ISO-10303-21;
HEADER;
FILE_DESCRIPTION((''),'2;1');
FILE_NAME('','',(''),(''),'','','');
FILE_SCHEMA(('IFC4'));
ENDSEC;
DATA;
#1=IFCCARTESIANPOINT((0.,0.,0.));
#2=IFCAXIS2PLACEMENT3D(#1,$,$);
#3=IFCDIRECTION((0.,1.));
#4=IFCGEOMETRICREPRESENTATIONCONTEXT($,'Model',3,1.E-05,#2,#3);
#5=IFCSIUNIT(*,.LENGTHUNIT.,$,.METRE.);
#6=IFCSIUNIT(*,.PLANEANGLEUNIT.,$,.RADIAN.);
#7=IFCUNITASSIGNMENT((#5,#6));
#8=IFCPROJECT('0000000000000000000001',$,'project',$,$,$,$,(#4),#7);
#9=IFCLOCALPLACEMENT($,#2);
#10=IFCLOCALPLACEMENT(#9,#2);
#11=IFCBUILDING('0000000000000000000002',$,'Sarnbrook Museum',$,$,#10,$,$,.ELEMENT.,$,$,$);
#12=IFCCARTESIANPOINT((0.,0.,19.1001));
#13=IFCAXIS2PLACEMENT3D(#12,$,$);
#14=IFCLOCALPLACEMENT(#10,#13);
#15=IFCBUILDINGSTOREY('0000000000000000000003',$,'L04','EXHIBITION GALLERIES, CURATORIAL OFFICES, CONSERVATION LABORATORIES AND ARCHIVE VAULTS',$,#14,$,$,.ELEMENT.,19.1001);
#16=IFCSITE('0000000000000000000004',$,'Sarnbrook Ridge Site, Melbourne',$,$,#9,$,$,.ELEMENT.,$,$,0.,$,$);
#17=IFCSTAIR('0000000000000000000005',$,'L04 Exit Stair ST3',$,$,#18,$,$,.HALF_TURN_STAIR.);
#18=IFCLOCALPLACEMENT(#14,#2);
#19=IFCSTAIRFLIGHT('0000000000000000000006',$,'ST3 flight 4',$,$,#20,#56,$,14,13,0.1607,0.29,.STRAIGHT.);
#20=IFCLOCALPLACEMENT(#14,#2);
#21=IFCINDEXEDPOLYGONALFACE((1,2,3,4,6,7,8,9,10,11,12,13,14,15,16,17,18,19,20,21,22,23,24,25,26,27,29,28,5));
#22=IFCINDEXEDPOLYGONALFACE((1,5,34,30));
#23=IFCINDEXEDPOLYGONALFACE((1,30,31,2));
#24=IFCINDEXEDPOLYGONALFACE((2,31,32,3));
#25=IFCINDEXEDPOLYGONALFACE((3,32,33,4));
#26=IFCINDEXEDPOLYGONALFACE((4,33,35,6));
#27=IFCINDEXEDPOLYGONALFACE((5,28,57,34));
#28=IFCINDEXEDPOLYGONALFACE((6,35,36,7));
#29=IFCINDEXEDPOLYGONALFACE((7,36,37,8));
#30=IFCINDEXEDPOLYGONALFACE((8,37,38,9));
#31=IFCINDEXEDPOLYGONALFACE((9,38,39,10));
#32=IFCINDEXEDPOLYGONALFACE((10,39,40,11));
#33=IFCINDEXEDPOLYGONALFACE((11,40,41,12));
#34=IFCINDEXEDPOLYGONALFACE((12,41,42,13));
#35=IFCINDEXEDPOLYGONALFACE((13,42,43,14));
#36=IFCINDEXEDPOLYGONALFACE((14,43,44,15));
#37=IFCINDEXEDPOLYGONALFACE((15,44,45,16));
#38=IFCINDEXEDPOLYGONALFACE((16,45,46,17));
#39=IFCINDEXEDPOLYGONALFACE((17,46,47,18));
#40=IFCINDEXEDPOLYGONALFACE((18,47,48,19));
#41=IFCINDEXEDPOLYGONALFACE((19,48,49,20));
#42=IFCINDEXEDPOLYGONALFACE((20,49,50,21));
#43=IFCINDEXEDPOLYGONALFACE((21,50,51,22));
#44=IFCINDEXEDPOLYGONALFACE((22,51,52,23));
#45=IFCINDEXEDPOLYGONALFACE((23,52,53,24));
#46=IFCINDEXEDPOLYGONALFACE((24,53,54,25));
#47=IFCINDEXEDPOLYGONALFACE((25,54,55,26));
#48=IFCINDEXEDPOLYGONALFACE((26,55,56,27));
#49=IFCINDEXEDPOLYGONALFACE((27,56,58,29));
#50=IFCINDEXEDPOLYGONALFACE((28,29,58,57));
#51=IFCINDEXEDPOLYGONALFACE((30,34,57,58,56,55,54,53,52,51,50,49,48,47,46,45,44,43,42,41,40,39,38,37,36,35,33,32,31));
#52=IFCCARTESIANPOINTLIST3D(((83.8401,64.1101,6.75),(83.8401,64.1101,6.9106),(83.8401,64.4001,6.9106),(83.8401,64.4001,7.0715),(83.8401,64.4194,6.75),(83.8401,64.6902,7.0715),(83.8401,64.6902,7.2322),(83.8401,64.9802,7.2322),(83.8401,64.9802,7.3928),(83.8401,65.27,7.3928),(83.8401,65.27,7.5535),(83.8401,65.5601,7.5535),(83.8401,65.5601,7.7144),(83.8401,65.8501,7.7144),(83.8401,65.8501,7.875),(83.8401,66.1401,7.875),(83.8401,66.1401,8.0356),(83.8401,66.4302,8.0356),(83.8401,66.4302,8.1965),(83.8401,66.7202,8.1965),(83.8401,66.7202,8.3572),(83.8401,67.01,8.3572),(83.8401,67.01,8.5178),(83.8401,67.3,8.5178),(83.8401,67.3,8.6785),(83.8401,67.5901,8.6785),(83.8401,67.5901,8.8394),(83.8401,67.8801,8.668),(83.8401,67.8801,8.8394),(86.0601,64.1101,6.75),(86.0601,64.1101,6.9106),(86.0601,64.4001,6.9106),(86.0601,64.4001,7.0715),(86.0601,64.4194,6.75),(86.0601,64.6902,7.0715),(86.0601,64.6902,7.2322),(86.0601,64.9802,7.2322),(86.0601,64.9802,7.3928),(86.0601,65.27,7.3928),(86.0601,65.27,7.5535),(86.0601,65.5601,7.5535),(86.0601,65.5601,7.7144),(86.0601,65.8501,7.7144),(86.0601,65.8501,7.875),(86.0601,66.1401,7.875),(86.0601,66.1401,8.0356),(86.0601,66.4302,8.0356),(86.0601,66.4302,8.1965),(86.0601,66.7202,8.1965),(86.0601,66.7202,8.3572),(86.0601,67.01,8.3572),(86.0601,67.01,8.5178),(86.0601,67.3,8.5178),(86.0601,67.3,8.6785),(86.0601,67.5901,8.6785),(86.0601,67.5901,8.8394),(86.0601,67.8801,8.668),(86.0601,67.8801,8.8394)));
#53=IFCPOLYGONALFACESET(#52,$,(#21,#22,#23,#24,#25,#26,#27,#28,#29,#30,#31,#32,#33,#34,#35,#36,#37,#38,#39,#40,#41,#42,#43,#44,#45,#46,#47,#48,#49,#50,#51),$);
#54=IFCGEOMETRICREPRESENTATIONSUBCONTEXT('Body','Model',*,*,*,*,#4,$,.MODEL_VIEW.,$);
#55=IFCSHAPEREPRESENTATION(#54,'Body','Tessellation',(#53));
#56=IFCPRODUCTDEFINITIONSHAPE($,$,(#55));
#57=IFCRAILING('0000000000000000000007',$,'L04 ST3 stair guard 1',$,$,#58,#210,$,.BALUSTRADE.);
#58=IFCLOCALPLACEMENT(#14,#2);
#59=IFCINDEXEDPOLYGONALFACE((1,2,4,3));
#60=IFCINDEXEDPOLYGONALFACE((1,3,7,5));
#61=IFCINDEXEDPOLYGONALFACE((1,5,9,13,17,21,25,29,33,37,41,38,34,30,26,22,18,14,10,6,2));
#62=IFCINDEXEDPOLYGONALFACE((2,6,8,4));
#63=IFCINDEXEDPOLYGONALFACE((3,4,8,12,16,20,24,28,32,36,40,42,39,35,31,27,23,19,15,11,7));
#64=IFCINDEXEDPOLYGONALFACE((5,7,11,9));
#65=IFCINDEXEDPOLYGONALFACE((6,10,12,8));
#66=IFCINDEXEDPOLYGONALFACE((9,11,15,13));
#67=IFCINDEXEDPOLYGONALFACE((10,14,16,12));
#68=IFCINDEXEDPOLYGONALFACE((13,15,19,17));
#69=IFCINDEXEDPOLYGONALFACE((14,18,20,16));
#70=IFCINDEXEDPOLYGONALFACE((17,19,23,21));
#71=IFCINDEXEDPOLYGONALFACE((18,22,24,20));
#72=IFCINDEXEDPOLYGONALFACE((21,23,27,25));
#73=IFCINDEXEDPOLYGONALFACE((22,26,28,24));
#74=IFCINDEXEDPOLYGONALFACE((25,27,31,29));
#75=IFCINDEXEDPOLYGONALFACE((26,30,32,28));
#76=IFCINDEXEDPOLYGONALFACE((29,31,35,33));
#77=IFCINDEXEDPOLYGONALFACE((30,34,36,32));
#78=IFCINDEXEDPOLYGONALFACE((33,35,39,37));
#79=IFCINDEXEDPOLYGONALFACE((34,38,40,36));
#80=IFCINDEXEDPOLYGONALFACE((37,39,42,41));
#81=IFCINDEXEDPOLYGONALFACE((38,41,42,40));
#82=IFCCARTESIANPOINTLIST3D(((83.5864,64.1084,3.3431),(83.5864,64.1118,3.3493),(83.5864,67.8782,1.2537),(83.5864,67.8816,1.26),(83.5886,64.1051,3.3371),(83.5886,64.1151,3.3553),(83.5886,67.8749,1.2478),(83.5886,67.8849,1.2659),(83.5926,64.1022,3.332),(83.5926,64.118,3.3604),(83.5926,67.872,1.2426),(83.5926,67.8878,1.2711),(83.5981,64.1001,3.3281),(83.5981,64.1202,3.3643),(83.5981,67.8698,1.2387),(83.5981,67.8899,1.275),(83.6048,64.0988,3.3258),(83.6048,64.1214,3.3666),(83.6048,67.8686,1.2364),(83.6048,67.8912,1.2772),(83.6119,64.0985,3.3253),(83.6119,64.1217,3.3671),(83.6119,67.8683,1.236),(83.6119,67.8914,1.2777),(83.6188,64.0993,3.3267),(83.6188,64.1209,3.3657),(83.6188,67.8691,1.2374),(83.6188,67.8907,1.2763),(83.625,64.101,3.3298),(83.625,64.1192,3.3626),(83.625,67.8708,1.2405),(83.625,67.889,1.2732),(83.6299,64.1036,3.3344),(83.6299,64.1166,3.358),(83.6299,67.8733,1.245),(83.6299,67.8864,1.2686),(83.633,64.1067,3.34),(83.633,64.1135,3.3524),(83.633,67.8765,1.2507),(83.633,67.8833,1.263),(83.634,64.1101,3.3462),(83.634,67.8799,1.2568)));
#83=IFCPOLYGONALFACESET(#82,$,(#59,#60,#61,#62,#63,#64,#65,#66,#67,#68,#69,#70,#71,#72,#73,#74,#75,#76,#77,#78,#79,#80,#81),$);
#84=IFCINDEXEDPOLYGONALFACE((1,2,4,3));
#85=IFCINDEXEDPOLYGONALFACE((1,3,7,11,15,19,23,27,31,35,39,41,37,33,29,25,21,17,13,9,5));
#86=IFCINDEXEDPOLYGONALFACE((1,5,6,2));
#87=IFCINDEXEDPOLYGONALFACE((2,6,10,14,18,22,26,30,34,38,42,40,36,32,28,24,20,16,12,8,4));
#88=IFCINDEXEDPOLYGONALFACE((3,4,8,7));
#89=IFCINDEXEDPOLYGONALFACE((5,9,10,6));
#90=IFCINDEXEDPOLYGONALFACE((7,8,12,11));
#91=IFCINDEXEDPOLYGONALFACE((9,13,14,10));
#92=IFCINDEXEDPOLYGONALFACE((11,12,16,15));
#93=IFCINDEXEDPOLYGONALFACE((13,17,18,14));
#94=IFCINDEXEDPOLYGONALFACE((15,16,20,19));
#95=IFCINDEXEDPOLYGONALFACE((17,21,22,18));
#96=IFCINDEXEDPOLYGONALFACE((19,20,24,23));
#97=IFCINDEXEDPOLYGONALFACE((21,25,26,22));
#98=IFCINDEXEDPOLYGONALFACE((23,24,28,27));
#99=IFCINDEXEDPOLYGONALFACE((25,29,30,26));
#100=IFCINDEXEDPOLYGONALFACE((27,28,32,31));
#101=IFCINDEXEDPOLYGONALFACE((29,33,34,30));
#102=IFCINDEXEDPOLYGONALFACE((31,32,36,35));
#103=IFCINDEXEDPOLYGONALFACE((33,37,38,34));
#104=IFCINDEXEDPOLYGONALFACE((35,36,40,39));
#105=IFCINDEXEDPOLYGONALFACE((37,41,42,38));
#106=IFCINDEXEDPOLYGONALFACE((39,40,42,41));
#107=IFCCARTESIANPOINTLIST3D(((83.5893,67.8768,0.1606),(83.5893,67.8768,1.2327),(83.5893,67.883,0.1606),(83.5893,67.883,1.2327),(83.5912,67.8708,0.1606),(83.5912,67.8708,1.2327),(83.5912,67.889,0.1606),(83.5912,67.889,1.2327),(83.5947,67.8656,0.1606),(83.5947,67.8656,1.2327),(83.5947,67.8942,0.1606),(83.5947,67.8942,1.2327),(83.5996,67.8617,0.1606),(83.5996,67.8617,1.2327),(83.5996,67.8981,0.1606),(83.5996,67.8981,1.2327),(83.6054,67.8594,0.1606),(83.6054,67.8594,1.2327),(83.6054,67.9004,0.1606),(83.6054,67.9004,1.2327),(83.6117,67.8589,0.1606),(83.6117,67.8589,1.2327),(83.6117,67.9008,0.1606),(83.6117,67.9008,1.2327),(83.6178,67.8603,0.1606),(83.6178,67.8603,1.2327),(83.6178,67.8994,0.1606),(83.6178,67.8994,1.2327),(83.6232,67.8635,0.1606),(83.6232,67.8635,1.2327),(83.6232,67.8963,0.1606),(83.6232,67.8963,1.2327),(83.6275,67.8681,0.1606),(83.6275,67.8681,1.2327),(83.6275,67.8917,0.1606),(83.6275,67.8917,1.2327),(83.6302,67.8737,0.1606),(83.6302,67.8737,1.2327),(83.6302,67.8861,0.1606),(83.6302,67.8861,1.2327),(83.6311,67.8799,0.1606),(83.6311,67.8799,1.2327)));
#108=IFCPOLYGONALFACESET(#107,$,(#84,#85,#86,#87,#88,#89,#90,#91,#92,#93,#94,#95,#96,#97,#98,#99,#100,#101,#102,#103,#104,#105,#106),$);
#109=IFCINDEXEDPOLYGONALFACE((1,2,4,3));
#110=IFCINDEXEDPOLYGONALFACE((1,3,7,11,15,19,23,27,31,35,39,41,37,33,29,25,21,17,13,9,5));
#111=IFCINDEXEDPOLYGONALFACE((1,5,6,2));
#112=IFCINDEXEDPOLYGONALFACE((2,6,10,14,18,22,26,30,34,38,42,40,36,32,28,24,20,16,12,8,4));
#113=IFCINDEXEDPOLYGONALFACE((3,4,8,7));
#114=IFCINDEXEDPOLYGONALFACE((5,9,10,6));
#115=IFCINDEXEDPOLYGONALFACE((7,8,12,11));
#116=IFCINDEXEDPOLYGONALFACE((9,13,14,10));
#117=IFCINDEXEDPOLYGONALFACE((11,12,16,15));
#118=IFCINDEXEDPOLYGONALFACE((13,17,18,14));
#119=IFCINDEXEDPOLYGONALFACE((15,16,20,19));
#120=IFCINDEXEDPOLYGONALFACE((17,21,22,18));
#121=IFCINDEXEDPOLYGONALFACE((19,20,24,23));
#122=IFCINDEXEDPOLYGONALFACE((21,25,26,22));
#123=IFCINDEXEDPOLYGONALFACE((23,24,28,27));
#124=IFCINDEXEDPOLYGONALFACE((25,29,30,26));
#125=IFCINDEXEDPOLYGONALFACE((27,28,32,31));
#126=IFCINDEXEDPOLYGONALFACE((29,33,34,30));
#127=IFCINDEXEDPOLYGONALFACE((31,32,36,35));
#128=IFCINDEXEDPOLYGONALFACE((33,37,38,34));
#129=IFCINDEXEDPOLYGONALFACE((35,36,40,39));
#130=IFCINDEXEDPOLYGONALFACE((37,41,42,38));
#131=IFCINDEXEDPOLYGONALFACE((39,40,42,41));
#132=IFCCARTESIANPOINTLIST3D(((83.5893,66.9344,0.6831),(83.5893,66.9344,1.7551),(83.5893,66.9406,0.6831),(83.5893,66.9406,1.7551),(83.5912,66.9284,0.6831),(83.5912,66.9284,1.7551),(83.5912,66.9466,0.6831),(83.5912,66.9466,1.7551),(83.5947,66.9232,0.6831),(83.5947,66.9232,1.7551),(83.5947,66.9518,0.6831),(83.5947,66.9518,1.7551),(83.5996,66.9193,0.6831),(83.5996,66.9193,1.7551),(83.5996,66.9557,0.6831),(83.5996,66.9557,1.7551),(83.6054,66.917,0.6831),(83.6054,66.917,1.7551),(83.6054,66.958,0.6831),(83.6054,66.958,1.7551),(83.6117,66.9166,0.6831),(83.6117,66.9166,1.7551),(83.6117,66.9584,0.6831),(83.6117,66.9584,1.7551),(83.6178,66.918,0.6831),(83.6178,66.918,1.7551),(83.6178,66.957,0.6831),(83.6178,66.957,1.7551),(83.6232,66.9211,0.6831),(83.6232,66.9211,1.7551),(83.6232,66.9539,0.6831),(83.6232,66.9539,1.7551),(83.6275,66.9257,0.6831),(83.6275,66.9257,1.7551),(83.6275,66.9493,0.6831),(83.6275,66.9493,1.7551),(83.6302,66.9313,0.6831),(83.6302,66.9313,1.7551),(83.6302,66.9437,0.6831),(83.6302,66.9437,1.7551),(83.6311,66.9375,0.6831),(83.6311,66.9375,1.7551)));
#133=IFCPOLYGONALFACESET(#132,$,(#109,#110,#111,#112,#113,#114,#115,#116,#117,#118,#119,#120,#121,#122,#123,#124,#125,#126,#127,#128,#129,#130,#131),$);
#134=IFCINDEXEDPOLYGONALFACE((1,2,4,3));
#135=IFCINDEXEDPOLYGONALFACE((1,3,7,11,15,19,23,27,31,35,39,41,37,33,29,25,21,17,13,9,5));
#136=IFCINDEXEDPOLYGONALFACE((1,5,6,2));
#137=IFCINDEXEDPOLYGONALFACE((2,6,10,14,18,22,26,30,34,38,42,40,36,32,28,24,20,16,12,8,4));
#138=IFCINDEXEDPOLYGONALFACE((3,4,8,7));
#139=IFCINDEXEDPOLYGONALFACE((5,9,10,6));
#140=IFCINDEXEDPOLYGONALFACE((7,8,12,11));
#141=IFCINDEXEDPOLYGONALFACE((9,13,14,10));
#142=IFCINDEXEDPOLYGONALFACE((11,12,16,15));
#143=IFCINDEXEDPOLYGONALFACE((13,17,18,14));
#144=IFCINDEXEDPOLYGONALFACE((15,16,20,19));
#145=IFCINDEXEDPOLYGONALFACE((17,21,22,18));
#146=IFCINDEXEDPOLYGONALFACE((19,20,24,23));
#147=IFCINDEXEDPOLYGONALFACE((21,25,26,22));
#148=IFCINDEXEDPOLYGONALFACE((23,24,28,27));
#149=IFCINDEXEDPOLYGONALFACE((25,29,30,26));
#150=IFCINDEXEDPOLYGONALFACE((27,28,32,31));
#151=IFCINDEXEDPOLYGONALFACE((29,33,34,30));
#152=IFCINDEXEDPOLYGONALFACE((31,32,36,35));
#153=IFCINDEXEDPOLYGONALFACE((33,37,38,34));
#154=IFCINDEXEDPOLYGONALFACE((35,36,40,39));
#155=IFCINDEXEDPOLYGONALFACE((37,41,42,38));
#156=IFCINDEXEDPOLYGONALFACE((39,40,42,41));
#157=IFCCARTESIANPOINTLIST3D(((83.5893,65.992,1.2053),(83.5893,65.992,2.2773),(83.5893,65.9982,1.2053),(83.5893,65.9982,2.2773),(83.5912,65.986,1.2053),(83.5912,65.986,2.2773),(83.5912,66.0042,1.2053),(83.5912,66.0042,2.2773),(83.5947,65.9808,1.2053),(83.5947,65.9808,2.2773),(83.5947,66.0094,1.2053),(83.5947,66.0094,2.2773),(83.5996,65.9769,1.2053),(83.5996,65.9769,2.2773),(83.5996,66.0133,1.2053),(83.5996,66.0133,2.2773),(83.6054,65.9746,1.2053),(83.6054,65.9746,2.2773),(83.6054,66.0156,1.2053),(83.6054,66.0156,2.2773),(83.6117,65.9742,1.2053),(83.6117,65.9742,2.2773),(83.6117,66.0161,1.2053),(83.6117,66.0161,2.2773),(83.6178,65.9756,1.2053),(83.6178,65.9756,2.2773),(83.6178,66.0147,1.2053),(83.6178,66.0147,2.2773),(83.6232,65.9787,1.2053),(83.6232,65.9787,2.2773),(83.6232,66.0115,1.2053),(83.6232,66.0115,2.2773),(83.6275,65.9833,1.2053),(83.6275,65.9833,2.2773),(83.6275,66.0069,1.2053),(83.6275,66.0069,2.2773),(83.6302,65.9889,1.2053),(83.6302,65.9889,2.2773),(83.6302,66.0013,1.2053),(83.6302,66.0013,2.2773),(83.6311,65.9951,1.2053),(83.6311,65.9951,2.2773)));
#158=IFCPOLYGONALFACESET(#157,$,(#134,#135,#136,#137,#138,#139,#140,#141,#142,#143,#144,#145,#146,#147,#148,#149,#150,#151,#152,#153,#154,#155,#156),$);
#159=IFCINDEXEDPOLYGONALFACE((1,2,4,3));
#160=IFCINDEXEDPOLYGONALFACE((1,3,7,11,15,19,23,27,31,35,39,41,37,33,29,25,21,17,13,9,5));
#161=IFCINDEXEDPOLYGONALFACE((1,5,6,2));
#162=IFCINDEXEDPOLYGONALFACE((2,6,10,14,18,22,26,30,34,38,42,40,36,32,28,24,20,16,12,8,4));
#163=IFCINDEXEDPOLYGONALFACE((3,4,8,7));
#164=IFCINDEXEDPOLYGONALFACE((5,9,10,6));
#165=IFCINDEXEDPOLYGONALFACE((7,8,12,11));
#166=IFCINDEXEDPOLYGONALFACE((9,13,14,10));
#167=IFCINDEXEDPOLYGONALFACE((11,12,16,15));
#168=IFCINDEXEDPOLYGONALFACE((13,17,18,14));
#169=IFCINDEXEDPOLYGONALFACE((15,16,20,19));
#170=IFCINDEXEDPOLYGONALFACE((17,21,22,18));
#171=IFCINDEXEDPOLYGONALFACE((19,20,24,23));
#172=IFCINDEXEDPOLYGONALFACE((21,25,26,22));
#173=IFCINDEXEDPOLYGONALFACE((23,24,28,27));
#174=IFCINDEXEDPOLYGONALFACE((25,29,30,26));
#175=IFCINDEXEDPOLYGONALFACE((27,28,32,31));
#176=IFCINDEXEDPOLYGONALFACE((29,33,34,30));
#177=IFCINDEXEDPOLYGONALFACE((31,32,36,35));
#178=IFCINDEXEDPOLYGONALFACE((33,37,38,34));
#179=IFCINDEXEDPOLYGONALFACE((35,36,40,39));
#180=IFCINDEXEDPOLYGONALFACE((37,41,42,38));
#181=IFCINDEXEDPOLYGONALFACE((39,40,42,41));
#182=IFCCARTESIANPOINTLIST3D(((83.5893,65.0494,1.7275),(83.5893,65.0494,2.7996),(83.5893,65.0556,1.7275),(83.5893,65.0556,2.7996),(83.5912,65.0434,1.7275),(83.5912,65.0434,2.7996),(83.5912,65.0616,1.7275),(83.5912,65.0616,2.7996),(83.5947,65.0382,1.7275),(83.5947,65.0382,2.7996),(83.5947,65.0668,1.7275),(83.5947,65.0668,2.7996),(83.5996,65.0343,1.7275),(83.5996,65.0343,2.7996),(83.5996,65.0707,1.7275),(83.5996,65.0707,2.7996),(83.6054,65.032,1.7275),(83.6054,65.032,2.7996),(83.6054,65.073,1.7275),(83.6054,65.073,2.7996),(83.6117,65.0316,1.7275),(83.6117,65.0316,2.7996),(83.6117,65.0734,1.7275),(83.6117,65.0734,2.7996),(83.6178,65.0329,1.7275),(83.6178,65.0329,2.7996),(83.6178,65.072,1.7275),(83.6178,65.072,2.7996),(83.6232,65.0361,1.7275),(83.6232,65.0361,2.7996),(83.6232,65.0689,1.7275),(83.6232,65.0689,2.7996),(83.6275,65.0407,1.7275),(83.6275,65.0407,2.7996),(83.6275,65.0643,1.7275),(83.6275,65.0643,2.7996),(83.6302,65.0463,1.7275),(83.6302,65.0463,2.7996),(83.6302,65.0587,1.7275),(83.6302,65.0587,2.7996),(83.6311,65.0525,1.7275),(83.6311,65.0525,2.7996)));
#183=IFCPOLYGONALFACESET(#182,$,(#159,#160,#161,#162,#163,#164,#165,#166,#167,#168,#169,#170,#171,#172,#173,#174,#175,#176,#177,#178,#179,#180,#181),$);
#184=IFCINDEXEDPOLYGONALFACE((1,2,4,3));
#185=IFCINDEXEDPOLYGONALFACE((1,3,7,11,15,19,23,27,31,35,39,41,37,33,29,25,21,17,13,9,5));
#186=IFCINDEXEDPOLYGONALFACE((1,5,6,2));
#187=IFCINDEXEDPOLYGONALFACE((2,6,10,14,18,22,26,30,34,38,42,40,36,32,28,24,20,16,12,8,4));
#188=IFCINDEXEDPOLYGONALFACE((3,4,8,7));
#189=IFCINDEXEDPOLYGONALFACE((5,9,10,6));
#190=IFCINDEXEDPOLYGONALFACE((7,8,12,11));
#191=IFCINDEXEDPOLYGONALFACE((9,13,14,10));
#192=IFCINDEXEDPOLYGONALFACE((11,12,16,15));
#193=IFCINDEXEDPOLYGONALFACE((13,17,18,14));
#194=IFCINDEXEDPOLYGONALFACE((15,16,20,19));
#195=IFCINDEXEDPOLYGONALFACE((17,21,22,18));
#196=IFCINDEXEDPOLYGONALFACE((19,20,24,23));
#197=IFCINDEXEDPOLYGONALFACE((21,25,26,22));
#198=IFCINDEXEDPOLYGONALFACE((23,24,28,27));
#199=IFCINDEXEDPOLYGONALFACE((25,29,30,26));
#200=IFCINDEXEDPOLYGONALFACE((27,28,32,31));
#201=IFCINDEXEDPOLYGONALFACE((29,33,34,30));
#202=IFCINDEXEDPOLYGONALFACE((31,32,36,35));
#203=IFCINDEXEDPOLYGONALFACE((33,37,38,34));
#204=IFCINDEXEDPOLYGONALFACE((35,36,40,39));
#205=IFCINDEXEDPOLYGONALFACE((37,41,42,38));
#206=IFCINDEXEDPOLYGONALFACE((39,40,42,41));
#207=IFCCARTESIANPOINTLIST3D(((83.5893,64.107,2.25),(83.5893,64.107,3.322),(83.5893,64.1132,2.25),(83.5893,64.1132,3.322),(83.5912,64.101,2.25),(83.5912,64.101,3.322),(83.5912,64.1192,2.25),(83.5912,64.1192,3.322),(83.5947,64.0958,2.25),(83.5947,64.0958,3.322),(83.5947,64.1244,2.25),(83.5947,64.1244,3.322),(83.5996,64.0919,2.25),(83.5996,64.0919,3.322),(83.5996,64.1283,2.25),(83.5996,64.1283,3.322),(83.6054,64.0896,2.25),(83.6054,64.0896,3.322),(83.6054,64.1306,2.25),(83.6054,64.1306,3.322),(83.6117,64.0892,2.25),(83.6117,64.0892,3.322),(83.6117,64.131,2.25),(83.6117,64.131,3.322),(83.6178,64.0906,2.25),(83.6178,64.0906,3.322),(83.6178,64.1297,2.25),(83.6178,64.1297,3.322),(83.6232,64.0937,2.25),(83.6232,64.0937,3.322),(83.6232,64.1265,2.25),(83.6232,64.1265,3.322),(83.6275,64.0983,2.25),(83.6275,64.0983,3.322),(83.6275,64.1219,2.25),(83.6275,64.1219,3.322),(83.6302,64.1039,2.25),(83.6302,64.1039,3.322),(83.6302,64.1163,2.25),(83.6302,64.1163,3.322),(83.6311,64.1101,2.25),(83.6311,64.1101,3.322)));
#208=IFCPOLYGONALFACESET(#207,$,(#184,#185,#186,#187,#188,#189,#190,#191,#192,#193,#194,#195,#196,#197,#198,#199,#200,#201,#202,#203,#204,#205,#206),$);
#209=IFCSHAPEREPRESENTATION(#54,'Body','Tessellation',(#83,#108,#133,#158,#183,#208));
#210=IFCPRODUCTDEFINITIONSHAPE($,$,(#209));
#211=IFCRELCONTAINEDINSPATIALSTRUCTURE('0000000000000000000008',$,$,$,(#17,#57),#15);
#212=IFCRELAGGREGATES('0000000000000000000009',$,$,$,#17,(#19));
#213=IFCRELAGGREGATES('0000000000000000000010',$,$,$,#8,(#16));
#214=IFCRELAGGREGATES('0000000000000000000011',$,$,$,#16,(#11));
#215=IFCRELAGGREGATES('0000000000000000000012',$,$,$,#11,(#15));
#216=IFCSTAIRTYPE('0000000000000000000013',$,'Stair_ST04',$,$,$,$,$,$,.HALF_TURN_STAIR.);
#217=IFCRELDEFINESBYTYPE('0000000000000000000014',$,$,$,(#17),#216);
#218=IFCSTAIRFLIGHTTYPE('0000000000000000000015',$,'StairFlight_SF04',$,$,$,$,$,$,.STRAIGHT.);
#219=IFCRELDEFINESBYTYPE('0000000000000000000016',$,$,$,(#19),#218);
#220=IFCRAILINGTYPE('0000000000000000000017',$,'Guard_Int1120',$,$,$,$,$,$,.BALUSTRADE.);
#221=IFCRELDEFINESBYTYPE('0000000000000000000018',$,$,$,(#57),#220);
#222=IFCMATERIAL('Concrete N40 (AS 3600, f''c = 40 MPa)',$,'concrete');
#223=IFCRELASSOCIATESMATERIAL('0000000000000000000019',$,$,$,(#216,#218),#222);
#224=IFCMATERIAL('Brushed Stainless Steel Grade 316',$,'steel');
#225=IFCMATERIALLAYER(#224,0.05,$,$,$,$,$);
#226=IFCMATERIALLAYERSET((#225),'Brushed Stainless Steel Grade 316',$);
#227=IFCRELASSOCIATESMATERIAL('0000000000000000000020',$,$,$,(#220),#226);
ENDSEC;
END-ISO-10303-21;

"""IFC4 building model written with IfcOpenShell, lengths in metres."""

from ifc_helpers import new_model, si_unit, direction, frame, origin, origin_2d, place, context, subcontext, project, spatial, polyline, circle, outline, extrude, material, layer, layer_set, type_object, element, aggregate, save


model = new_model("IFC4")

# Units and contexts
model_context = context("Model", 3, precision=1e-05, world=origin(), true_north=direction((0.0, 1.0)))
body_context = subcontext(model_context, "Body", "Model", "MODEL_VIEW")
ifc_project = project(units=[si_unit("LENGTHUNIT", "METRE"), si_unit("PLANEANGLEUNIT", "RADIAN")], contexts=[model_context])

# Site, building, storey
site_placement = place(None, origin())
site = spatial("IfcSite", under=ifc_project, at=site_placement, Name="Sarnbrook Ridge Site, Melbourne", CompositionType="ELEMENT", RefElevation=0.0)
building_placement = place(site_placement, origin())
building = spatial("IfcBuilding", under=site, at=building_placement, Name="Sarnbrook Museum", CompositionType="ELEMENT")
storey_placement = place(building_placement, frame((0.0, 0.0, 19.1001)))
storey = spatial("IfcBuildingStorey", under=building, at=storey_placement, Name="L04", Description="EXHIBITION GALLERIES, CURATORIAL OFFICES, CONSERVATION LABORATORIES AND ARCHIVE VAULTS", CompositionType="ELEMENT", Elevation=19.1001)

# Shared definitions
ifc_material_1 = material(Name="Brushed Stainless Steel Grade 316", Category="steel")

# Shared definitions
ifc_material_2 = material(Name="Concrete N40 (AS 3600, f'c = 40 MPa)", Category="concrete")

# Stair, stair flight
stair_type = type_object("IfcStairType", Name="Stair_ST04", PredefinedType="HALF_TURN_STAIR", material=ifc_material_2)
stair_placement = place(storey_placement, origin())
stair = element("IfcStair", 1, at=stair_placement, inside=storey, type_object=stair_type, Name="L04 Exit Stair ST3", PredefinedType="HALF_TURN_STAIR")
stair_flight_type = type_object("IfcStairFlightType", Name="StairFlight_SF04", PredefinedType="STRAIGHT", material=ifc_material_2)
stair_flight_1_placement = place(storey_placement, frame((84.95, 64.1101, 6.75), z_axis=(0.0, 0.0, 1.0), x_axis=(0.0, 1.0, 0.0)))
stair_flight_1 = element("IfcStairFlight", 2, at=stair_flight_1_placement, type_object=stair_flight_type, Name="ST3 flight 4", NumberOfRisers=14, NumberOfTreads=13, PredefinedType="STRAIGHT", RiserHeight=0.1607, TreadLength=0.29, context=body_context, shape_type="SweptSolid", body=[
    extrude(outline(polyline([(0.0, 0.0), (0.0, 0.1606), (0.29, 0.1606), (0.29, 0.3215), (0.5801, 0.3215), (0.5801, 0.4822), (0.8701, 0.4822), (0.8701, 0.6428), (1.1599, 0.6428), (1.1599, 0.8035), (1.45, 0.8035), (1.45, 0.9644), (1.74, 0.9644), (1.74, 1.125), (2.03, 1.125), (2.03, 1.2856), (2.3201, 1.2856), (2.3201, 1.4465), (2.6101, 1.4465), (2.6101, 1.6072), (2.8999, 1.6072), (2.8999, 1.7678), (3.1899, 1.7678), (3.1899, 1.9285), (3.48, 1.9285), (3.48, 2.0894), (3.77, 2.0894), (3.77, 2.25), (3.77, 1.918), (0.3093, 0.0), (0.0, 0.0)])), frame((0.0, 1.1099, 0.0), z_axis=(0.0, -1.0, 0.0), x_axis=(1.0, 0.0, 0.0)), (0.0, 0.0, 1.0), 2.22),
])
aggregate(stair, [stair_flight_1])

# Railing
ifc_layer_1 = layer(ifc_material_1, 0.05)
ifc_layer_set_1 = layer_set([ifc_layer_1], Name="Brushed Stainless Steel Grade 316")
railing_type_1 = type_object("IfcRailingType", Name="Guard_Int1120", PredefinedType="BALUSTRADE", material=ifc_layer_set_1)
railing_1_placement = place(storey_placement, frame((83.6101, 67.8799, 0.1606)))
element("IfcRailing", 3, at=railing_1_placement, inside=storey, type_object=railing_type_1, Name="L04 ST3 stair guard 1", PredefinedType="BALUSTRADE", context=body_context, shape_type="SweptSolid", body=[
    extrude(circle(Radius=0.0239, at=origin_2d()), frame((0.0, 0.0, 1.0962), z_axis=(0.0, -0.874646, 0.484763), x_axis=(1.0, 0.0, 0.0)), (0.0, 0.0, 1.0), 4.3101),
    extrude(circle(Radius=0.021, at=origin_2d()), origin(), (0.0, 0.0, 1.0), 1.072),
    extrude(circle(Radius=0.021, at=origin_2d()), frame((0.0, -0.9424, 0.5225)), (0.0, 0.0, 1.0), 1.072),
    extrude(circle(Radius=0.021, at=origin_2d()), frame((0.0, -1.8848, 1.0447)), (0.0, 0.0, 1.0), 1.072),
    extrude(circle(Radius=0.021, at=origin_2d()), frame((0.0, -2.8274, 1.5669)), (0.0, 0.0, 1.0), 1.072),
    extrude(circle(Radius=0.021, at=origin_2d()), frame((0.0, -3.7698, 2.0894)), (0.0, 0.0, 1.0), 1.072),
])

save(model, "model.ifc")
